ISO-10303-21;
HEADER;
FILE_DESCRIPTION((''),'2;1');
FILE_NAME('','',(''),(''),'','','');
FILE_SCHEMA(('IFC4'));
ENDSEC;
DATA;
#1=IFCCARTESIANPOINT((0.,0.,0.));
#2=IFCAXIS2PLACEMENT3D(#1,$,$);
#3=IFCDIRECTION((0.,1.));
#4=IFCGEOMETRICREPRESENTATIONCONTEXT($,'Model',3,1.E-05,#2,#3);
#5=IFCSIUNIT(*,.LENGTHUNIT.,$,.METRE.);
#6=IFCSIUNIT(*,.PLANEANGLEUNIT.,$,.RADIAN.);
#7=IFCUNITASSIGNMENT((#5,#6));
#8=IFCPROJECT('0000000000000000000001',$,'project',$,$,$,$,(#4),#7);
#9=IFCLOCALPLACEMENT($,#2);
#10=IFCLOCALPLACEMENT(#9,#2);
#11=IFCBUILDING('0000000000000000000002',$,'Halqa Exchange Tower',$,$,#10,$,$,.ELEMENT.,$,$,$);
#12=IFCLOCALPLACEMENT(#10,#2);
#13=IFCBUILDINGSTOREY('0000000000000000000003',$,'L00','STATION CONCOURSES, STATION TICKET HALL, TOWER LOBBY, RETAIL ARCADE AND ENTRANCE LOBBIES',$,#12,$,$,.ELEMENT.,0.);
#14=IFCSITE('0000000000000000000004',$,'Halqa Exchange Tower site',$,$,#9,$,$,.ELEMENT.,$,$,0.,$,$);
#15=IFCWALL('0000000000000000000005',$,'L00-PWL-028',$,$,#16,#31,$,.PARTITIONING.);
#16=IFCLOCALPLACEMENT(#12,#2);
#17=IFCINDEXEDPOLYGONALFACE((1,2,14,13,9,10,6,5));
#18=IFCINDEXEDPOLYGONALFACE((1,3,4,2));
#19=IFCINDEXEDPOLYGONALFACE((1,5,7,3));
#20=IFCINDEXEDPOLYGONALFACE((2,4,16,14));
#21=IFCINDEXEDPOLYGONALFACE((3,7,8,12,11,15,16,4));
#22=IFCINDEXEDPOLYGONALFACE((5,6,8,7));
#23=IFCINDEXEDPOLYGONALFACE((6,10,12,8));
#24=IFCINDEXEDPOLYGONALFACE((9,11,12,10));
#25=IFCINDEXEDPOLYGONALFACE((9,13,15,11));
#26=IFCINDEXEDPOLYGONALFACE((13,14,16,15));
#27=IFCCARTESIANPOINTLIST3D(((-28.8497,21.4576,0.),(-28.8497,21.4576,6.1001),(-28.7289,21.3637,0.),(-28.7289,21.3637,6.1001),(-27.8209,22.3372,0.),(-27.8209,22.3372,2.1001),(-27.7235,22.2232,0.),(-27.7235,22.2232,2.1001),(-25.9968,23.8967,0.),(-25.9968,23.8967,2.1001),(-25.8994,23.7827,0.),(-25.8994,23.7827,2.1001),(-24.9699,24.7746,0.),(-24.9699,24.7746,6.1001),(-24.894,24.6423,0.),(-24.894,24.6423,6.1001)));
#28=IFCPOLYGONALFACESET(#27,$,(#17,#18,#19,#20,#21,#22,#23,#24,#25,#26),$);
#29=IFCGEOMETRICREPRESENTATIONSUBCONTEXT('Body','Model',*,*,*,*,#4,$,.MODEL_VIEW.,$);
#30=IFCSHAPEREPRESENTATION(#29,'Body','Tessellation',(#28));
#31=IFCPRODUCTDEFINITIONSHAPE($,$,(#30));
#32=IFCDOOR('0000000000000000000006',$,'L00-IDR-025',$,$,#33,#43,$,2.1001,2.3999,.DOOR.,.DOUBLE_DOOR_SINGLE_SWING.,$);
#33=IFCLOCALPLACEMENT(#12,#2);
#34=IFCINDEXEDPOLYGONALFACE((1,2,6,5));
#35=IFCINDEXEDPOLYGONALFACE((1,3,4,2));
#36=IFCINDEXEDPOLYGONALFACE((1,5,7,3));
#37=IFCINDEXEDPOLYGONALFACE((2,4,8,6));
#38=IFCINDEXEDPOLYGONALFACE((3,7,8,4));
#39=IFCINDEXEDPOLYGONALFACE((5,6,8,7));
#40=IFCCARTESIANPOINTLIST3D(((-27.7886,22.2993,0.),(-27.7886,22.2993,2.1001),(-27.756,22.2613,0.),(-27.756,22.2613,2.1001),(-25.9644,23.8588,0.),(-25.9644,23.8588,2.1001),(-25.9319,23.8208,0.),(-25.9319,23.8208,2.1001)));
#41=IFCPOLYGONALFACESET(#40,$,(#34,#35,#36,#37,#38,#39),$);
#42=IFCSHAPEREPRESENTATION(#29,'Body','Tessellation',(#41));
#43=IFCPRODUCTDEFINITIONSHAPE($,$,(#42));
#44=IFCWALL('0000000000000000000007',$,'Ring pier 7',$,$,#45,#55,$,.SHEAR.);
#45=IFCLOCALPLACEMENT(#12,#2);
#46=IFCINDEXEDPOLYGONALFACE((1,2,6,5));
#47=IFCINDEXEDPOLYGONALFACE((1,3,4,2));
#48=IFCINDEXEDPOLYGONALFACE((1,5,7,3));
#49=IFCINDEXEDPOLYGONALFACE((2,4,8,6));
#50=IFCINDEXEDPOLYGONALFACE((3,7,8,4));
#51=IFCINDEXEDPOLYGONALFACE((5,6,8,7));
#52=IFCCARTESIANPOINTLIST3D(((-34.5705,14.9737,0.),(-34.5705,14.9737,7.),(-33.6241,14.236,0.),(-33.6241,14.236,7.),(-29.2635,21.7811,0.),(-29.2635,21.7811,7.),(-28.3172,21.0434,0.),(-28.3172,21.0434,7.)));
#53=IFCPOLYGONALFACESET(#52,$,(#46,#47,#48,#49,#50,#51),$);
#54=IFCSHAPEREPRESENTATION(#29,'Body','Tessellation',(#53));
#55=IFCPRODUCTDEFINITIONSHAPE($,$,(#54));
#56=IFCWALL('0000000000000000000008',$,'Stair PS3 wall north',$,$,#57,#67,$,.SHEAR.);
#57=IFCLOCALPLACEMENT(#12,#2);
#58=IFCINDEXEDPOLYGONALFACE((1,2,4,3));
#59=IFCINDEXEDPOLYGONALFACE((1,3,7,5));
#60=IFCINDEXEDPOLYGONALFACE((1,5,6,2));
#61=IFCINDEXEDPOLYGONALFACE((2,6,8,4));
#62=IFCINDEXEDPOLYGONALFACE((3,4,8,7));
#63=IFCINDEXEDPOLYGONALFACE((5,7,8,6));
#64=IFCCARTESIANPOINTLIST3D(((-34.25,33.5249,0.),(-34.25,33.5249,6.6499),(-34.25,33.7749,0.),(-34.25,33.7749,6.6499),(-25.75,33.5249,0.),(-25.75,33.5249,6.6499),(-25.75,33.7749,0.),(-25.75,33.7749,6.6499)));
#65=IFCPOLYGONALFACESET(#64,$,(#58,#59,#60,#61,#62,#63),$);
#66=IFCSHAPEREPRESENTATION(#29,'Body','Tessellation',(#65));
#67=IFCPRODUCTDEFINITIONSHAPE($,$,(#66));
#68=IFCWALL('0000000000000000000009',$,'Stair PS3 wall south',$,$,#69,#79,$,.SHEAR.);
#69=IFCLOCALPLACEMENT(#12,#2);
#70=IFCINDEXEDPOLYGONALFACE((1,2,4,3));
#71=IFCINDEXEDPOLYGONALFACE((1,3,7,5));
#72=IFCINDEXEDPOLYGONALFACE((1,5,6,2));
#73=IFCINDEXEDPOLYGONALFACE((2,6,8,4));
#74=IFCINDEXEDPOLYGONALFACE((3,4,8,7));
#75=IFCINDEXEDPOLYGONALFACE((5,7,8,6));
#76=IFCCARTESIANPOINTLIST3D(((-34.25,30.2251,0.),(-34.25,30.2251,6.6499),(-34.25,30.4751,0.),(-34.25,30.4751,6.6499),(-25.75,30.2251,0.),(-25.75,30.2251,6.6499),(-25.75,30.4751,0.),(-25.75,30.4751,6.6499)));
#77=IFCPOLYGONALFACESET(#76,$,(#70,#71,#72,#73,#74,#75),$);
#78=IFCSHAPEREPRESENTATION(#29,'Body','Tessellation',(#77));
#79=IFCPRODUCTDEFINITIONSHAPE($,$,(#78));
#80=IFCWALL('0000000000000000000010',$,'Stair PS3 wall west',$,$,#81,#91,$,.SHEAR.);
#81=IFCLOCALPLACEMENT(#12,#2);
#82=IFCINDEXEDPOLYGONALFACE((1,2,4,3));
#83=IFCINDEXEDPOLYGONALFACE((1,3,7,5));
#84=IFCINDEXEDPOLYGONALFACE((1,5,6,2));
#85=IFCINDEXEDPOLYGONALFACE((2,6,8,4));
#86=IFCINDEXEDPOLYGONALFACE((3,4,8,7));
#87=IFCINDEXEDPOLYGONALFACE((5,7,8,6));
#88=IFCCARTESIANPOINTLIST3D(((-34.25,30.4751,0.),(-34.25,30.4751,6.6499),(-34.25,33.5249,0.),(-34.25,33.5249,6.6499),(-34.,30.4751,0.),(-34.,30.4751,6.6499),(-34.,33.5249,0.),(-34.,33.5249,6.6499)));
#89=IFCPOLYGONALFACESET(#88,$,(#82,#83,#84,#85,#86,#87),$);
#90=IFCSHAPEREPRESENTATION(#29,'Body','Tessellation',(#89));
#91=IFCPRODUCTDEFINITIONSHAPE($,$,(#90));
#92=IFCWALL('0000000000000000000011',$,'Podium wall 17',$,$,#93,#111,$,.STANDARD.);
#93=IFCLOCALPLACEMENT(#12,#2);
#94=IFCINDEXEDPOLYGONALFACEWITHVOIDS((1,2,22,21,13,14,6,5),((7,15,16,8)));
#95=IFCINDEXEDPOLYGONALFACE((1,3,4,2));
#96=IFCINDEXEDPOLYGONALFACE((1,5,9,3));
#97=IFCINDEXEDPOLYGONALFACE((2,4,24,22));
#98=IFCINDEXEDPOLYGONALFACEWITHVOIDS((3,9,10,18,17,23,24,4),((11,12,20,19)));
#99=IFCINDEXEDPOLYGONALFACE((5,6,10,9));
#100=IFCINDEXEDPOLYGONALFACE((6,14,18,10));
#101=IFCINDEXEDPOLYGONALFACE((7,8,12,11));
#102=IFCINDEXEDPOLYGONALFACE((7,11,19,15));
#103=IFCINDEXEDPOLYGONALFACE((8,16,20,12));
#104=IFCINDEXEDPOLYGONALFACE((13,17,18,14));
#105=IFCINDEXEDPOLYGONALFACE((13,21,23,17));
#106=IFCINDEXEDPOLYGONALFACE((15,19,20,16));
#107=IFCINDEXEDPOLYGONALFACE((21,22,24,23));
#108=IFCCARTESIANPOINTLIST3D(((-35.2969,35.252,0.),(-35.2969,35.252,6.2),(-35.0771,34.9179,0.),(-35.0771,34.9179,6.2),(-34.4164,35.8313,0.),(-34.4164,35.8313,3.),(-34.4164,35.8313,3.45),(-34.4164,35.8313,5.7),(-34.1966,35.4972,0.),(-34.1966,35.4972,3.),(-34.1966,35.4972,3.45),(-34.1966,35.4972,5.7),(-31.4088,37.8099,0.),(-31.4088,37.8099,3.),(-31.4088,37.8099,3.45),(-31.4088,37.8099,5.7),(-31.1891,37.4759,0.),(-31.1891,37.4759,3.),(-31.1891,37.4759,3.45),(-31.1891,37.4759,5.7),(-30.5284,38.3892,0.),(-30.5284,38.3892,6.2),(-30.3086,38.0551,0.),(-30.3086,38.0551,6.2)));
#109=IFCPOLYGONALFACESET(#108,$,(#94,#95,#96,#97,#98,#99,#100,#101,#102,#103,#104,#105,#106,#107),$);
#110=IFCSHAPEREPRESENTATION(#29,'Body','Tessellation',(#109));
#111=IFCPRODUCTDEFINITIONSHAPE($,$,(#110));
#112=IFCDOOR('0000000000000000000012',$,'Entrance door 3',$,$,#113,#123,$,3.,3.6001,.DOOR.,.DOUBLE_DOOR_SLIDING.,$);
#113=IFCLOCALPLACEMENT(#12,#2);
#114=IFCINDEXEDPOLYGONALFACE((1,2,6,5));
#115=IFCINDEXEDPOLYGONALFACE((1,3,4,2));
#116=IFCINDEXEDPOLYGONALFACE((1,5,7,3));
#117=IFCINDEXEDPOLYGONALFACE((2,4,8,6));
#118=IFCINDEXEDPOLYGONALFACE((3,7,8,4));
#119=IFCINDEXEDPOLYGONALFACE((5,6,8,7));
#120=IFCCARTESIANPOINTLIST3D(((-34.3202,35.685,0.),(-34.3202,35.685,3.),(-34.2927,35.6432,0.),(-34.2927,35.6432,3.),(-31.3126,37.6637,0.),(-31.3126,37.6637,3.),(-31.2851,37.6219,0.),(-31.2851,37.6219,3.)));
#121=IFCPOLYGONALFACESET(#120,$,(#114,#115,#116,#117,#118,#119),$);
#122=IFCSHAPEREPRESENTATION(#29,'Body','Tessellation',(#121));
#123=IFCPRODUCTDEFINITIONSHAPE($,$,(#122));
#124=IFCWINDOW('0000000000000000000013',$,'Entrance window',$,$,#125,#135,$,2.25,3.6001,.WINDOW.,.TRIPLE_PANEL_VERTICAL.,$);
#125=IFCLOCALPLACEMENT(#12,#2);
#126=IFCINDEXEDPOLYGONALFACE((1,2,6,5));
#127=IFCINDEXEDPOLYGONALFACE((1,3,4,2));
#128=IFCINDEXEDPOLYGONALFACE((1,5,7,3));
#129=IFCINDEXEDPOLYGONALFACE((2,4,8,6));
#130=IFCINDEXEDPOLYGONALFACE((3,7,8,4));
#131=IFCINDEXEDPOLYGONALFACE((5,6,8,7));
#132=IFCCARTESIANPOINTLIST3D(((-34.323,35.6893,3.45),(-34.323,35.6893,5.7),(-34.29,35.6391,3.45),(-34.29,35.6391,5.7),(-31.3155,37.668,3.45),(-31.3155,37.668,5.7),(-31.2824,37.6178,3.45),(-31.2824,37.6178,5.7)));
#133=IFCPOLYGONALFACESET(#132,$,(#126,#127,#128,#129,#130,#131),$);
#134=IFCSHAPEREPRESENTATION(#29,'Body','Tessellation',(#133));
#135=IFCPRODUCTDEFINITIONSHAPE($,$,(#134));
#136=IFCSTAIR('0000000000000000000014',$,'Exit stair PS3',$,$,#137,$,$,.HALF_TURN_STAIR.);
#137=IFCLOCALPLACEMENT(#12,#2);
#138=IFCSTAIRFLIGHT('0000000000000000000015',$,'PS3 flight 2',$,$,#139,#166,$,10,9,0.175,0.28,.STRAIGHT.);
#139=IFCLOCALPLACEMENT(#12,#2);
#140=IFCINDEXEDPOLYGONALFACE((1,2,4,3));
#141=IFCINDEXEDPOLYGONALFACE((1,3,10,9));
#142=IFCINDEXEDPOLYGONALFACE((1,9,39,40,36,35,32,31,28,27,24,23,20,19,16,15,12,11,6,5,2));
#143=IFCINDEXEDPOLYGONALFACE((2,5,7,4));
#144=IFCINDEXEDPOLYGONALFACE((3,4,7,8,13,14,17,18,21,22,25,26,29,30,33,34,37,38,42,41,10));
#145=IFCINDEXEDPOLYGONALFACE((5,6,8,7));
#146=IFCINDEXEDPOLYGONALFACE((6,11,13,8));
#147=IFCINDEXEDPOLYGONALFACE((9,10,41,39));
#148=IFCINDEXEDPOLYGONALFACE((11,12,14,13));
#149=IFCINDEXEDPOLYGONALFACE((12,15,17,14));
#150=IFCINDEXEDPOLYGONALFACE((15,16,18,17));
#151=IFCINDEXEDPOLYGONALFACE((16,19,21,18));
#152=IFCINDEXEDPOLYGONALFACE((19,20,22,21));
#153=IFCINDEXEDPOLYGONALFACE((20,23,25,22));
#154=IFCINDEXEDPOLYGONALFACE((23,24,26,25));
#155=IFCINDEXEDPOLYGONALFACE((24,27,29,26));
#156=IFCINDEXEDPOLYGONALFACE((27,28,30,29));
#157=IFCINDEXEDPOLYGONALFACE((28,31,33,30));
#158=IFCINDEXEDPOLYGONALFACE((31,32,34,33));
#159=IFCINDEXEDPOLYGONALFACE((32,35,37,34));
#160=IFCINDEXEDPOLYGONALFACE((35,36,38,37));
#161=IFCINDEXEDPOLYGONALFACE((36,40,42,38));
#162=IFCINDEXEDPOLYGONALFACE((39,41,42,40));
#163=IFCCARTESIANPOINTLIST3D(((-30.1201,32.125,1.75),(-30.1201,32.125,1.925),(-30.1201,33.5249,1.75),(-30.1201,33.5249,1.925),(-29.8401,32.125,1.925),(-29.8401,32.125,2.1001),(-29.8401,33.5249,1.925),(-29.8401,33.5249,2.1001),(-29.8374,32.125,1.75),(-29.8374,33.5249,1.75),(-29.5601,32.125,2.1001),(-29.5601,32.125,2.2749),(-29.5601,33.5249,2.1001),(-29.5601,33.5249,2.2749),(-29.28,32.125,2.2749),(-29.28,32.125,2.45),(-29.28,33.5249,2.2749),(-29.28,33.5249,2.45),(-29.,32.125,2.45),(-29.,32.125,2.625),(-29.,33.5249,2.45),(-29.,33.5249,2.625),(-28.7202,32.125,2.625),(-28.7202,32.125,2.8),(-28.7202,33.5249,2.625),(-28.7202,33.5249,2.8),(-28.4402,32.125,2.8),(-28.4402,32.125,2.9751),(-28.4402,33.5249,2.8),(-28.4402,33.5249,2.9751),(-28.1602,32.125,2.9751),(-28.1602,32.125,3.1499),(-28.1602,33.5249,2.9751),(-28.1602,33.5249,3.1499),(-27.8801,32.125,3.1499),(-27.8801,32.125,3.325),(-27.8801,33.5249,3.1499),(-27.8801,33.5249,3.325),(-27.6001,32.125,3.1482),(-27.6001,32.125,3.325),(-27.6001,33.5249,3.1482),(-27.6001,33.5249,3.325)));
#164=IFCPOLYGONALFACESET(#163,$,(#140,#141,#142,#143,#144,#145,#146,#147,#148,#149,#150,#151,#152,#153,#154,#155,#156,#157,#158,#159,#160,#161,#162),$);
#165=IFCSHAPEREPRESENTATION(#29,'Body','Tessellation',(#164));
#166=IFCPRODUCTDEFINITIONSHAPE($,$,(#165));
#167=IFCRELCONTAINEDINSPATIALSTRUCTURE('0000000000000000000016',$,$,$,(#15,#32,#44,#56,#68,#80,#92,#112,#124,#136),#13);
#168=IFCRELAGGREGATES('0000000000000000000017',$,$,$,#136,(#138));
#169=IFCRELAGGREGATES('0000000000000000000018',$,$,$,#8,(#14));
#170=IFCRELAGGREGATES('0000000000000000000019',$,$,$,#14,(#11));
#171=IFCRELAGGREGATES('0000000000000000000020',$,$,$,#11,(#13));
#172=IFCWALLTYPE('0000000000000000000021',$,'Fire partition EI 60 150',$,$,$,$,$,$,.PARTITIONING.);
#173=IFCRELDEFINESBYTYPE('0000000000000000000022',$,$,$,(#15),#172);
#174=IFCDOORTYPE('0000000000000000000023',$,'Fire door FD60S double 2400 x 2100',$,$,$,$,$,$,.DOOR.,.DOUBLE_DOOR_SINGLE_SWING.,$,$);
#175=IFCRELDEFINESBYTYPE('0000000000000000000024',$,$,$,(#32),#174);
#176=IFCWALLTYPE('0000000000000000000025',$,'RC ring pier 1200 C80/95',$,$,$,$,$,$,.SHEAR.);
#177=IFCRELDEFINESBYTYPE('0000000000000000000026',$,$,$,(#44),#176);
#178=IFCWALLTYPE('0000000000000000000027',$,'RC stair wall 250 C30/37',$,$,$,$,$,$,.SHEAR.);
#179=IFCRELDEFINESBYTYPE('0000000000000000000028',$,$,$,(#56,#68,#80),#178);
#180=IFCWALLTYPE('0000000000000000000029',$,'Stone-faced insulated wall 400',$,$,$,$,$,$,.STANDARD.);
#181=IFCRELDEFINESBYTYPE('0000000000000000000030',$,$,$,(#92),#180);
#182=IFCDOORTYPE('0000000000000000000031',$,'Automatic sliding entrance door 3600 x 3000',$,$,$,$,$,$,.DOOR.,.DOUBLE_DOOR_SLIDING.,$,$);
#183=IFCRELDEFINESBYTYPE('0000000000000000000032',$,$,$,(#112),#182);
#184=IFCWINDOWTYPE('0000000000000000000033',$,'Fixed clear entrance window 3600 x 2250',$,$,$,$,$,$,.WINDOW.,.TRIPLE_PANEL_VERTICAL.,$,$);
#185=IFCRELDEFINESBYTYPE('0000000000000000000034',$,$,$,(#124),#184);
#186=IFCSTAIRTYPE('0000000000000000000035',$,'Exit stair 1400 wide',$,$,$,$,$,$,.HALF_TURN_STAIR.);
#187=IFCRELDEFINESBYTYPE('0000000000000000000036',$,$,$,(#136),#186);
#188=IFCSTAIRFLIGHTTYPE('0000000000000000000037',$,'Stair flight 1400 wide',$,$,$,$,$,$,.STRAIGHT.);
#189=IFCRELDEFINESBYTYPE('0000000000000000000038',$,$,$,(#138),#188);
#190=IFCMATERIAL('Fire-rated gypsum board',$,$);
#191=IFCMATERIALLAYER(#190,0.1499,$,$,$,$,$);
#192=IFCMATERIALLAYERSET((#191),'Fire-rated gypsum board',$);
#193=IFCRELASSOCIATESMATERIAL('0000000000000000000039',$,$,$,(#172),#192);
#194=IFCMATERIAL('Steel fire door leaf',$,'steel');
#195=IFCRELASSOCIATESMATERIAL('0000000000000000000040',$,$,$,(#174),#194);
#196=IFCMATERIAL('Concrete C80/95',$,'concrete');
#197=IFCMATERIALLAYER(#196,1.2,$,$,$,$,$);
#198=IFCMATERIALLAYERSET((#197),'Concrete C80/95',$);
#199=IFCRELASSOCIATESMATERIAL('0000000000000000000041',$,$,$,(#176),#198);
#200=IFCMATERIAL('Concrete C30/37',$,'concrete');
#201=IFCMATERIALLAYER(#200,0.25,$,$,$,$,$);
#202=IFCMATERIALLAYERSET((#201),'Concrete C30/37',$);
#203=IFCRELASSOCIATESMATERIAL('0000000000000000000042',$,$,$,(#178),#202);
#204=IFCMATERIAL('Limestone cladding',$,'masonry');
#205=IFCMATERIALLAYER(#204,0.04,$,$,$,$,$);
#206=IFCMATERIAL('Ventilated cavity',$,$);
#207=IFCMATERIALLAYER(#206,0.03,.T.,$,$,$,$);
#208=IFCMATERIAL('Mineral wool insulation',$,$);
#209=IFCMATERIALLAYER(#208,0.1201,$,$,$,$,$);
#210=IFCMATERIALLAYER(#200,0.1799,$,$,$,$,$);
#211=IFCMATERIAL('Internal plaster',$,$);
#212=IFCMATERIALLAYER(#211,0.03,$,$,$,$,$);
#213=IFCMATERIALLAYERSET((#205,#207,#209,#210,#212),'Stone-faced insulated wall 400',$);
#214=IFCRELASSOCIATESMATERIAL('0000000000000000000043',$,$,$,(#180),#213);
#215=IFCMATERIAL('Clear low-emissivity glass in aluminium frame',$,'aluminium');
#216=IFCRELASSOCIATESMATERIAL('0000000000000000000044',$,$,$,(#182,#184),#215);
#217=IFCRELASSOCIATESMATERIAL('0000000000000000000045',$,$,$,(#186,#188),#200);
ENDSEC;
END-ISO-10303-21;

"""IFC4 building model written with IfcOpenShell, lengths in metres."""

from ifc_helpers import new_model, si_unit, direction, frame, frame_2d, origin, place, context, subcontext, project, spatial, polyline, rectangle, outline, extrude, material, layer, layer_set, type_object, element, fill, aggregate, save


model = new_model("IFC4")

# Units and contexts
model_context = context("Model", 3, precision=1e-05, world=origin(), true_north=direction((0.0, 1.0)))
body_context = subcontext(model_context, "Body", "Model", "MODEL_VIEW")
ifc_project = project(units=[si_unit("LENGTHUNIT", "METRE"), si_unit("PLANEANGLEUNIT", "RADIAN")], contexts=[model_context])

# Site, building, storey
site_placement = place(None, origin())
site = spatial("IfcSite", under=ifc_project, at=site_placement, Name="Halqa Exchange Tower site", CompositionType="ELEMENT", RefElevation=0.0)
building_placement = place(site_placement, origin())
building = spatial("IfcBuilding", under=site, at=building_placement, Name="Halqa Exchange Tower", CompositionType="ELEMENT")
storey_placement = place(building_placement, origin())
storey = spatial("IfcBuildingStorey", under=building, at=storey_placement, Name="L00", Description="STATION CONCOURSES, STATION TICKET HALL, TOWER LOBBY, RETAIL ARCADE AND ENTRANCE LOBBIES", CompositionType="ELEMENT", Elevation=0.0)

# Shared definitions
ifc_material_1 = material(Name="Fire-rated gypsum board")
ifc_layer_1 = layer(ifc_material_1, 0.1499)
ifc_layer_set_1 = layer_set([ifc_layer_1], Name="Fire-rated gypsum board")
wall_type_1 = type_object("IfcWallType", Name="Fire partition EI 60 150", PredefinedType="PARTITIONING", material=ifc_layer_set_1)

# Wall, opening, door
ifc_material_2 = material(Name="Steel fire door leaf", Category="steel")
door_type_1 = type_object("IfcDoorType", Name="Fire door FD60S double 2400 x 2100", OperationType="DOUBLE_DOOR_SINGLE_SWING", PredefinedType="DOOR", material=ifc_material_2)
wall_1_placement = place(storey_placement, frame((-28.7893, 21.4106, 0.0), z_axis=(0.0, 0.0, 1.0), x_axis=(0.760085, 0.649824, 0.0)))
wall_1 = element("IfcWall", 1, at=wall_1_placement, inside=storey, type_object=wall_type_1, Name="L00-PWL-028", PredefinedType="PARTITIONING", context=body_context, shape_type="SweptSolid", body=[
    extrude(outline(polyline([(0.0154, -0.075), (5.0608, -0.075), (5.0891, 0.075), (-0.0154, 0.075), (0.0154, -0.075)])), origin(), (0.0, 0.0, 1.0), 6.1001),
])
opening_1_placement = place(wall_1_placement, frame((1.3381, 0.0, 0.0)))
opening_1 = element("IfcOpeningElement", 2, at=opening_1_placement, cuts=wall_1, PredefinedType="OPENING", context=body_context, shape_type="SweptSolid", body=[
    extrude(rectangle(XDim=2.3999, YDim=2.1001, at=frame_2d((1.2, 1.05))), frame((0.0, 0.0869, 0.0), z_axis=(0.0, -1.0, 0.0), x_axis=(1.0, 0.0, 0.0)), (0.0, 0.0, 1.0), 0.1738),
])
door_1_placement = place(opening_1_placement, frame((2.3999, 0.0, 0.0), z_axis=(0.0, 0.0, 1.0), x_axis=(-1.0, 0.0, 0.0)))
door_1 = element("IfcDoor", 3, at=door_1_placement, inside=storey, type_object=door_type_1, Name="L00-IDR-025", OperationType="DOUBLE_DOOR_SINGLE_SWING", OverallHeight=2.1001, OverallWidth=2.3999, PredefinedType="DOOR", context=body_context, shape_type="SweptSolid", body=[
    extrude(rectangle(XDim=2.3999, YDim=2.1001, at=frame_2d((1.2, 1.05))), frame((0.0, 0.0249, 0.0), z_axis=(0.0, -1.0, 0.0), x_axis=(1.0, 0.0, 0.0)), (0.0, 0.0, 1.0), 0.05),
])
fill(opening_1, door_1)

# Walls
ifc_material_3 = material(Name="Concrete C80/95", Category="concrete")
ifc_layer_2 = layer(ifc_material_3, 1.2)
ifc_layer_set_2 = layer_set([ifc_layer_2], Name="Concrete C80/95")
wall_type_2 = type_object("IfcWallType", Name="RC ring pier 1200 C80/95", PredefinedType="SHEAR", material=ifc_layer_set_2)
wall_2_placement = place(storey_placement, frame((-28.7903, 21.4124, 0.0), z_axis=(0.0, 0.0, 1.0), x_axis=(-0.614825, -0.788663, 0.0)))
element("IfcWall", 4, at=wall_2_placement, inside=storey, type_object=wall_type_2, Name="Ring pier 7", PredefinedType="SHEAR", context=body_context, shape_type="SweptSolid", body=[
    extrude(rectangle(XDim=8.6316, YDim=1.2, at=frame_2d((4.3159, 0.0))), origin(), (0.0, 0.0, 1.0), 7.0),
])
ifc_material_4 = material(Name="Concrete C30/37", Category="concrete")
ifc_layer_3 = layer(ifc_material_4, 0.25)
ifc_layer_set_3 = layer_set([ifc_layer_3], Name="Concrete C30/37")
wall_type_3 = type_object("IfcWallType", Name="RC stair wall 250 C30/37", PredefinedType="SHEAR", material=ifc_layer_set_3)
for number, where, z_axis, x_axis, name in (
    (5, (-34.25, 33.6499, 0.0), (0.0, 0.0, 1.0), (1.0, 0.0, 0.0), "Stair PS3 wall north"),
    (6, (-34.25, 30.3501, 0.0), (0.0, 0.0, 1.0), (1.0, 0.0, 0.0), "Stair PS3 wall south"),
):
    element("IfcWall", number, at=place(storey_placement, frame(where, z_axis=z_axis, x_axis=x_axis)), inside=storey, type_object=wall_type_3, Name=name, PredefinedType="SHEAR", context=body_context, shape_type="SweptSolid", body=[
        extrude(rectangle(XDim=8.5, YDim=0.25, at=frame_2d((4.25, 0.0))), origin(), (0.0, 0.0, 1.0), 6.6499),
    ])
wall_3_placement = place(storey_placement, frame((-34.125, 30.4751, 0.0), z_axis=(0.0, 0.0, 1.0), x_axis=(0.0, 1.0, 0.0)))
element("IfcWall", 7, at=wall_3_placement, inside=storey, type_object=wall_type_3, Name="Stair PS3 wall west", PredefinedType="SHEAR", context=body_context, shape_type="SweptSolid", body=[
    extrude(rectangle(XDim=3.0498, YDim=0.25, at=frame_2d((1.5249, 0.0))), origin(), (0.0, 0.0, 1.0), 6.6499),
])

# Wall, openings, door, window
ifc_material_5 = material(Name="Limestone cladding", Category="masonry")
ifc_layer_4 = layer(ifc_material_5, 0.04)
ifc_material_6 = material(Name="Ventilated cavity")
ifc_layer_5 = layer(ifc_material_6, 0.03, ventilated=True)
ifc_material_7 = material(Name="Mineral wool insulation")
ifc_layer_6 = layer(ifc_material_7, 0.1201)
ifc_layer_7 = layer(ifc_material_4, 0.1799)
ifc_material_8 = material(Name="Internal plaster")
ifc_layer_8 = layer(ifc_material_8, 0.03)
ifc_layer_set_4 = layer_set([ifc_layer_4, ifc_layer_5, ifc_layer_6, ifc_layer_7, ifc_layer_8], Name="Stone-faced insulated wall 400")
wall_type_4 = type_object("IfcWallType", Name="Stone-faced insulated wall 400", PredefinedType="STANDARD", material=ifc_layer_set_4)
wall_4_placement = place(storey_placement, frame((-30.4185, 38.2222, 0.0), z_axis=(0.0, 0.0, 1.0), x_axis=(-0.835417, -0.549617, 0.0)))
wall_4 = element("IfcWall", 8, at=wall_4_placement, inside=storey, type_object=wall_type_4, Name="Podium wall 17", PredefinedType="STANDARD", context=body_context, shape_type="SweptSolid", body=[
    extrude(rectangle(XDim=5.708, YDim=0.3999, at=frame_2d((2.854, 0.0))), origin(), (0.0, 0.0, 1.0), 6.2),
])
opening_2_placement = place(wall_4_placement, frame((1.054, 0.0, 0.0)))
opening_2 = element("IfcOpeningElement", 9, at=opening_2_placement, cuts=wall_4, PredefinedType="OPENING", context=body_context, shape_type="SweptSolid", body=[
    extrude(rectangle(XDim=3.6001, YDim=3.0, at=frame_2d((1.8, 1.5))), frame((0.0, 0.2119, 0.0), z_axis=(0.0, -1.0, 0.0), x_axis=(1.0, 0.0, 0.0)), (0.0, 0.0, 1.0), 0.4238),
])
opening_3_placement = place(wall_4_placement, frame((1.054, 0.0, 3.45)))
opening_3 = element("IfcOpeningElement", 10, at=opening_3_placement, cuts=wall_4, PredefinedType="OPENING", context=body_context, shape_type="SweptSolid", body=[
    extrude(rectangle(XDim=3.6001, YDim=2.25, at=frame_2d((1.8, 1.125))), frame((0.0, 0.2119, 0.0), z_axis=(0.0, -1.0, 0.0), x_axis=(1.0, 0.0, 0.0)), (0.0, 0.0, 1.0), 0.4238),
])
ifc_material_9 = material(Name="Clear low-emissivity glass in aluminium frame", Category="aluminium")
door_type_2 = type_object("IfcDoorType", Name="Automatic sliding entrance door 3600 x 3000", OperationType="DOUBLE_DOOR_SLIDING", PredefinedType="DOOR", material=ifc_material_9)
door_2_placement = place(opening_2_placement, frame((3.6001, 0.0, 0.0), z_axis=(0.0, 0.0, 1.0), x_axis=(-1.0, 0.0, 0.0)))
door_2 = element("IfcDoor", 11, at=door_2_placement, inside=storey, type_object=door_type_2, Name="Entrance door 3", OperationType="DOUBLE_DOOR_SLIDING", OverallHeight=3.0, OverallWidth=3.6001, PredefinedType="DOOR", context=body_context, shape_type="SweptSolid", body=[
    extrude(rectangle(XDim=3.6001, YDim=3.0, at=frame_2d((1.8, 1.5))), frame((0.0, 0.0249, 0.0), z_axis=(0.0, -1.0, 0.0), x_axis=(1.0, 0.0, 0.0)), (0.0, 0.0, 1.0), 0.05),
])
fill(opening_2, door_2)
window_type = type_object("IfcWindowType", Name="Fixed clear entrance window 3600 x 2250", PartitioningType="TRIPLE_PANEL_VERTICAL", PredefinedType="WINDOW", material=ifc_material_9)
window_placement = place(opening_3_placement, origin())
window = element("IfcWindow", 12, at=window_placement, inside=storey, type_object=window_type, Name="Entrance window", OverallHeight=2.25, OverallWidth=3.6001, PartitioningType="TRIPLE_PANEL_VERTICAL", PredefinedType="WINDOW", context=body_context, shape_type="SweptSolid", body=[
    extrude(rectangle(XDim=3.6001, YDim=2.25, at=frame_2d((1.8, 1.125))), frame((0.0, 0.03, 0.0), z_axis=(0.0, -1.0, 0.0), x_axis=(1.0, 0.0, 0.0)), (0.0, 0.0, 1.0), 0.0601),
])
fill(opening_3, window)

# Stair, stair flight
stair_type = type_object("IfcStairType", Name="Exit stair 1400 wide", PredefinedType="HALF_TURN_STAIR", material=ifc_material_4)
stair_placement = place(storey_placement, origin())
stair = element("IfcStair", 13, at=stair_placement, inside=storey, type_object=stair_type, Name="Exit stair PS3", PredefinedType="HALF_TURN_STAIR")
stair_flight_type = type_object("IfcStairFlightType", Name="Stair flight 1400 wide", PredefinedType="STRAIGHT", material=ifc_material_4)
stair_flight_1_placement = place(storey_placement, frame((-30.1201, 32.825, 1.75), z_axis=(0.0, 0.0, 1.0), x_axis=(1.0, 0.0, 0.0)))
stair_flight_1 = element("IfcStairFlight", 14, at=stair_flight_1_placement, type_object=stair_flight_type, Name="PS3 flight 2", NumberOfRisers=10, NumberOfTreads=9, PredefinedType="STRAIGHT", RiserHeight=0.175, TreadLength=0.28, context=body_context, shape_type="SweptSolid", body=[
    extrude(outline(polyline([(0.0, 0.0), (0.0, 0.175), (0.28, 0.175), (0.28, 0.3501), (0.5601, 0.3501), (0.5601, 0.5249), (0.8401, 0.5249), (0.8401, 0.7), (1.1201, 0.7), (1.1201, 0.875), (1.3999, 0.875), (1.3999, 1.05), (1.6799, 1.05), (1.6799, 1.2251), (1.96, 1.2251), (1.96, 1.3999), (2.24, 1.3999), (2.24, 1.575), (2.52, 1.575), (2.52, 1.75), (2.52, 1.3982), (0.2827, 0.0), (0.0, 0.0)])), frame((0.0, 0.7, 0.0), z_axis=(0.0, -1.0, 0.0), x_axis=(1.0, 0.0, 0.0)), (0.0, 0.0, 1.0), 1.3999),
])
aggregate(stair, [stair_flight_1])

save(model, "model.ifc")
